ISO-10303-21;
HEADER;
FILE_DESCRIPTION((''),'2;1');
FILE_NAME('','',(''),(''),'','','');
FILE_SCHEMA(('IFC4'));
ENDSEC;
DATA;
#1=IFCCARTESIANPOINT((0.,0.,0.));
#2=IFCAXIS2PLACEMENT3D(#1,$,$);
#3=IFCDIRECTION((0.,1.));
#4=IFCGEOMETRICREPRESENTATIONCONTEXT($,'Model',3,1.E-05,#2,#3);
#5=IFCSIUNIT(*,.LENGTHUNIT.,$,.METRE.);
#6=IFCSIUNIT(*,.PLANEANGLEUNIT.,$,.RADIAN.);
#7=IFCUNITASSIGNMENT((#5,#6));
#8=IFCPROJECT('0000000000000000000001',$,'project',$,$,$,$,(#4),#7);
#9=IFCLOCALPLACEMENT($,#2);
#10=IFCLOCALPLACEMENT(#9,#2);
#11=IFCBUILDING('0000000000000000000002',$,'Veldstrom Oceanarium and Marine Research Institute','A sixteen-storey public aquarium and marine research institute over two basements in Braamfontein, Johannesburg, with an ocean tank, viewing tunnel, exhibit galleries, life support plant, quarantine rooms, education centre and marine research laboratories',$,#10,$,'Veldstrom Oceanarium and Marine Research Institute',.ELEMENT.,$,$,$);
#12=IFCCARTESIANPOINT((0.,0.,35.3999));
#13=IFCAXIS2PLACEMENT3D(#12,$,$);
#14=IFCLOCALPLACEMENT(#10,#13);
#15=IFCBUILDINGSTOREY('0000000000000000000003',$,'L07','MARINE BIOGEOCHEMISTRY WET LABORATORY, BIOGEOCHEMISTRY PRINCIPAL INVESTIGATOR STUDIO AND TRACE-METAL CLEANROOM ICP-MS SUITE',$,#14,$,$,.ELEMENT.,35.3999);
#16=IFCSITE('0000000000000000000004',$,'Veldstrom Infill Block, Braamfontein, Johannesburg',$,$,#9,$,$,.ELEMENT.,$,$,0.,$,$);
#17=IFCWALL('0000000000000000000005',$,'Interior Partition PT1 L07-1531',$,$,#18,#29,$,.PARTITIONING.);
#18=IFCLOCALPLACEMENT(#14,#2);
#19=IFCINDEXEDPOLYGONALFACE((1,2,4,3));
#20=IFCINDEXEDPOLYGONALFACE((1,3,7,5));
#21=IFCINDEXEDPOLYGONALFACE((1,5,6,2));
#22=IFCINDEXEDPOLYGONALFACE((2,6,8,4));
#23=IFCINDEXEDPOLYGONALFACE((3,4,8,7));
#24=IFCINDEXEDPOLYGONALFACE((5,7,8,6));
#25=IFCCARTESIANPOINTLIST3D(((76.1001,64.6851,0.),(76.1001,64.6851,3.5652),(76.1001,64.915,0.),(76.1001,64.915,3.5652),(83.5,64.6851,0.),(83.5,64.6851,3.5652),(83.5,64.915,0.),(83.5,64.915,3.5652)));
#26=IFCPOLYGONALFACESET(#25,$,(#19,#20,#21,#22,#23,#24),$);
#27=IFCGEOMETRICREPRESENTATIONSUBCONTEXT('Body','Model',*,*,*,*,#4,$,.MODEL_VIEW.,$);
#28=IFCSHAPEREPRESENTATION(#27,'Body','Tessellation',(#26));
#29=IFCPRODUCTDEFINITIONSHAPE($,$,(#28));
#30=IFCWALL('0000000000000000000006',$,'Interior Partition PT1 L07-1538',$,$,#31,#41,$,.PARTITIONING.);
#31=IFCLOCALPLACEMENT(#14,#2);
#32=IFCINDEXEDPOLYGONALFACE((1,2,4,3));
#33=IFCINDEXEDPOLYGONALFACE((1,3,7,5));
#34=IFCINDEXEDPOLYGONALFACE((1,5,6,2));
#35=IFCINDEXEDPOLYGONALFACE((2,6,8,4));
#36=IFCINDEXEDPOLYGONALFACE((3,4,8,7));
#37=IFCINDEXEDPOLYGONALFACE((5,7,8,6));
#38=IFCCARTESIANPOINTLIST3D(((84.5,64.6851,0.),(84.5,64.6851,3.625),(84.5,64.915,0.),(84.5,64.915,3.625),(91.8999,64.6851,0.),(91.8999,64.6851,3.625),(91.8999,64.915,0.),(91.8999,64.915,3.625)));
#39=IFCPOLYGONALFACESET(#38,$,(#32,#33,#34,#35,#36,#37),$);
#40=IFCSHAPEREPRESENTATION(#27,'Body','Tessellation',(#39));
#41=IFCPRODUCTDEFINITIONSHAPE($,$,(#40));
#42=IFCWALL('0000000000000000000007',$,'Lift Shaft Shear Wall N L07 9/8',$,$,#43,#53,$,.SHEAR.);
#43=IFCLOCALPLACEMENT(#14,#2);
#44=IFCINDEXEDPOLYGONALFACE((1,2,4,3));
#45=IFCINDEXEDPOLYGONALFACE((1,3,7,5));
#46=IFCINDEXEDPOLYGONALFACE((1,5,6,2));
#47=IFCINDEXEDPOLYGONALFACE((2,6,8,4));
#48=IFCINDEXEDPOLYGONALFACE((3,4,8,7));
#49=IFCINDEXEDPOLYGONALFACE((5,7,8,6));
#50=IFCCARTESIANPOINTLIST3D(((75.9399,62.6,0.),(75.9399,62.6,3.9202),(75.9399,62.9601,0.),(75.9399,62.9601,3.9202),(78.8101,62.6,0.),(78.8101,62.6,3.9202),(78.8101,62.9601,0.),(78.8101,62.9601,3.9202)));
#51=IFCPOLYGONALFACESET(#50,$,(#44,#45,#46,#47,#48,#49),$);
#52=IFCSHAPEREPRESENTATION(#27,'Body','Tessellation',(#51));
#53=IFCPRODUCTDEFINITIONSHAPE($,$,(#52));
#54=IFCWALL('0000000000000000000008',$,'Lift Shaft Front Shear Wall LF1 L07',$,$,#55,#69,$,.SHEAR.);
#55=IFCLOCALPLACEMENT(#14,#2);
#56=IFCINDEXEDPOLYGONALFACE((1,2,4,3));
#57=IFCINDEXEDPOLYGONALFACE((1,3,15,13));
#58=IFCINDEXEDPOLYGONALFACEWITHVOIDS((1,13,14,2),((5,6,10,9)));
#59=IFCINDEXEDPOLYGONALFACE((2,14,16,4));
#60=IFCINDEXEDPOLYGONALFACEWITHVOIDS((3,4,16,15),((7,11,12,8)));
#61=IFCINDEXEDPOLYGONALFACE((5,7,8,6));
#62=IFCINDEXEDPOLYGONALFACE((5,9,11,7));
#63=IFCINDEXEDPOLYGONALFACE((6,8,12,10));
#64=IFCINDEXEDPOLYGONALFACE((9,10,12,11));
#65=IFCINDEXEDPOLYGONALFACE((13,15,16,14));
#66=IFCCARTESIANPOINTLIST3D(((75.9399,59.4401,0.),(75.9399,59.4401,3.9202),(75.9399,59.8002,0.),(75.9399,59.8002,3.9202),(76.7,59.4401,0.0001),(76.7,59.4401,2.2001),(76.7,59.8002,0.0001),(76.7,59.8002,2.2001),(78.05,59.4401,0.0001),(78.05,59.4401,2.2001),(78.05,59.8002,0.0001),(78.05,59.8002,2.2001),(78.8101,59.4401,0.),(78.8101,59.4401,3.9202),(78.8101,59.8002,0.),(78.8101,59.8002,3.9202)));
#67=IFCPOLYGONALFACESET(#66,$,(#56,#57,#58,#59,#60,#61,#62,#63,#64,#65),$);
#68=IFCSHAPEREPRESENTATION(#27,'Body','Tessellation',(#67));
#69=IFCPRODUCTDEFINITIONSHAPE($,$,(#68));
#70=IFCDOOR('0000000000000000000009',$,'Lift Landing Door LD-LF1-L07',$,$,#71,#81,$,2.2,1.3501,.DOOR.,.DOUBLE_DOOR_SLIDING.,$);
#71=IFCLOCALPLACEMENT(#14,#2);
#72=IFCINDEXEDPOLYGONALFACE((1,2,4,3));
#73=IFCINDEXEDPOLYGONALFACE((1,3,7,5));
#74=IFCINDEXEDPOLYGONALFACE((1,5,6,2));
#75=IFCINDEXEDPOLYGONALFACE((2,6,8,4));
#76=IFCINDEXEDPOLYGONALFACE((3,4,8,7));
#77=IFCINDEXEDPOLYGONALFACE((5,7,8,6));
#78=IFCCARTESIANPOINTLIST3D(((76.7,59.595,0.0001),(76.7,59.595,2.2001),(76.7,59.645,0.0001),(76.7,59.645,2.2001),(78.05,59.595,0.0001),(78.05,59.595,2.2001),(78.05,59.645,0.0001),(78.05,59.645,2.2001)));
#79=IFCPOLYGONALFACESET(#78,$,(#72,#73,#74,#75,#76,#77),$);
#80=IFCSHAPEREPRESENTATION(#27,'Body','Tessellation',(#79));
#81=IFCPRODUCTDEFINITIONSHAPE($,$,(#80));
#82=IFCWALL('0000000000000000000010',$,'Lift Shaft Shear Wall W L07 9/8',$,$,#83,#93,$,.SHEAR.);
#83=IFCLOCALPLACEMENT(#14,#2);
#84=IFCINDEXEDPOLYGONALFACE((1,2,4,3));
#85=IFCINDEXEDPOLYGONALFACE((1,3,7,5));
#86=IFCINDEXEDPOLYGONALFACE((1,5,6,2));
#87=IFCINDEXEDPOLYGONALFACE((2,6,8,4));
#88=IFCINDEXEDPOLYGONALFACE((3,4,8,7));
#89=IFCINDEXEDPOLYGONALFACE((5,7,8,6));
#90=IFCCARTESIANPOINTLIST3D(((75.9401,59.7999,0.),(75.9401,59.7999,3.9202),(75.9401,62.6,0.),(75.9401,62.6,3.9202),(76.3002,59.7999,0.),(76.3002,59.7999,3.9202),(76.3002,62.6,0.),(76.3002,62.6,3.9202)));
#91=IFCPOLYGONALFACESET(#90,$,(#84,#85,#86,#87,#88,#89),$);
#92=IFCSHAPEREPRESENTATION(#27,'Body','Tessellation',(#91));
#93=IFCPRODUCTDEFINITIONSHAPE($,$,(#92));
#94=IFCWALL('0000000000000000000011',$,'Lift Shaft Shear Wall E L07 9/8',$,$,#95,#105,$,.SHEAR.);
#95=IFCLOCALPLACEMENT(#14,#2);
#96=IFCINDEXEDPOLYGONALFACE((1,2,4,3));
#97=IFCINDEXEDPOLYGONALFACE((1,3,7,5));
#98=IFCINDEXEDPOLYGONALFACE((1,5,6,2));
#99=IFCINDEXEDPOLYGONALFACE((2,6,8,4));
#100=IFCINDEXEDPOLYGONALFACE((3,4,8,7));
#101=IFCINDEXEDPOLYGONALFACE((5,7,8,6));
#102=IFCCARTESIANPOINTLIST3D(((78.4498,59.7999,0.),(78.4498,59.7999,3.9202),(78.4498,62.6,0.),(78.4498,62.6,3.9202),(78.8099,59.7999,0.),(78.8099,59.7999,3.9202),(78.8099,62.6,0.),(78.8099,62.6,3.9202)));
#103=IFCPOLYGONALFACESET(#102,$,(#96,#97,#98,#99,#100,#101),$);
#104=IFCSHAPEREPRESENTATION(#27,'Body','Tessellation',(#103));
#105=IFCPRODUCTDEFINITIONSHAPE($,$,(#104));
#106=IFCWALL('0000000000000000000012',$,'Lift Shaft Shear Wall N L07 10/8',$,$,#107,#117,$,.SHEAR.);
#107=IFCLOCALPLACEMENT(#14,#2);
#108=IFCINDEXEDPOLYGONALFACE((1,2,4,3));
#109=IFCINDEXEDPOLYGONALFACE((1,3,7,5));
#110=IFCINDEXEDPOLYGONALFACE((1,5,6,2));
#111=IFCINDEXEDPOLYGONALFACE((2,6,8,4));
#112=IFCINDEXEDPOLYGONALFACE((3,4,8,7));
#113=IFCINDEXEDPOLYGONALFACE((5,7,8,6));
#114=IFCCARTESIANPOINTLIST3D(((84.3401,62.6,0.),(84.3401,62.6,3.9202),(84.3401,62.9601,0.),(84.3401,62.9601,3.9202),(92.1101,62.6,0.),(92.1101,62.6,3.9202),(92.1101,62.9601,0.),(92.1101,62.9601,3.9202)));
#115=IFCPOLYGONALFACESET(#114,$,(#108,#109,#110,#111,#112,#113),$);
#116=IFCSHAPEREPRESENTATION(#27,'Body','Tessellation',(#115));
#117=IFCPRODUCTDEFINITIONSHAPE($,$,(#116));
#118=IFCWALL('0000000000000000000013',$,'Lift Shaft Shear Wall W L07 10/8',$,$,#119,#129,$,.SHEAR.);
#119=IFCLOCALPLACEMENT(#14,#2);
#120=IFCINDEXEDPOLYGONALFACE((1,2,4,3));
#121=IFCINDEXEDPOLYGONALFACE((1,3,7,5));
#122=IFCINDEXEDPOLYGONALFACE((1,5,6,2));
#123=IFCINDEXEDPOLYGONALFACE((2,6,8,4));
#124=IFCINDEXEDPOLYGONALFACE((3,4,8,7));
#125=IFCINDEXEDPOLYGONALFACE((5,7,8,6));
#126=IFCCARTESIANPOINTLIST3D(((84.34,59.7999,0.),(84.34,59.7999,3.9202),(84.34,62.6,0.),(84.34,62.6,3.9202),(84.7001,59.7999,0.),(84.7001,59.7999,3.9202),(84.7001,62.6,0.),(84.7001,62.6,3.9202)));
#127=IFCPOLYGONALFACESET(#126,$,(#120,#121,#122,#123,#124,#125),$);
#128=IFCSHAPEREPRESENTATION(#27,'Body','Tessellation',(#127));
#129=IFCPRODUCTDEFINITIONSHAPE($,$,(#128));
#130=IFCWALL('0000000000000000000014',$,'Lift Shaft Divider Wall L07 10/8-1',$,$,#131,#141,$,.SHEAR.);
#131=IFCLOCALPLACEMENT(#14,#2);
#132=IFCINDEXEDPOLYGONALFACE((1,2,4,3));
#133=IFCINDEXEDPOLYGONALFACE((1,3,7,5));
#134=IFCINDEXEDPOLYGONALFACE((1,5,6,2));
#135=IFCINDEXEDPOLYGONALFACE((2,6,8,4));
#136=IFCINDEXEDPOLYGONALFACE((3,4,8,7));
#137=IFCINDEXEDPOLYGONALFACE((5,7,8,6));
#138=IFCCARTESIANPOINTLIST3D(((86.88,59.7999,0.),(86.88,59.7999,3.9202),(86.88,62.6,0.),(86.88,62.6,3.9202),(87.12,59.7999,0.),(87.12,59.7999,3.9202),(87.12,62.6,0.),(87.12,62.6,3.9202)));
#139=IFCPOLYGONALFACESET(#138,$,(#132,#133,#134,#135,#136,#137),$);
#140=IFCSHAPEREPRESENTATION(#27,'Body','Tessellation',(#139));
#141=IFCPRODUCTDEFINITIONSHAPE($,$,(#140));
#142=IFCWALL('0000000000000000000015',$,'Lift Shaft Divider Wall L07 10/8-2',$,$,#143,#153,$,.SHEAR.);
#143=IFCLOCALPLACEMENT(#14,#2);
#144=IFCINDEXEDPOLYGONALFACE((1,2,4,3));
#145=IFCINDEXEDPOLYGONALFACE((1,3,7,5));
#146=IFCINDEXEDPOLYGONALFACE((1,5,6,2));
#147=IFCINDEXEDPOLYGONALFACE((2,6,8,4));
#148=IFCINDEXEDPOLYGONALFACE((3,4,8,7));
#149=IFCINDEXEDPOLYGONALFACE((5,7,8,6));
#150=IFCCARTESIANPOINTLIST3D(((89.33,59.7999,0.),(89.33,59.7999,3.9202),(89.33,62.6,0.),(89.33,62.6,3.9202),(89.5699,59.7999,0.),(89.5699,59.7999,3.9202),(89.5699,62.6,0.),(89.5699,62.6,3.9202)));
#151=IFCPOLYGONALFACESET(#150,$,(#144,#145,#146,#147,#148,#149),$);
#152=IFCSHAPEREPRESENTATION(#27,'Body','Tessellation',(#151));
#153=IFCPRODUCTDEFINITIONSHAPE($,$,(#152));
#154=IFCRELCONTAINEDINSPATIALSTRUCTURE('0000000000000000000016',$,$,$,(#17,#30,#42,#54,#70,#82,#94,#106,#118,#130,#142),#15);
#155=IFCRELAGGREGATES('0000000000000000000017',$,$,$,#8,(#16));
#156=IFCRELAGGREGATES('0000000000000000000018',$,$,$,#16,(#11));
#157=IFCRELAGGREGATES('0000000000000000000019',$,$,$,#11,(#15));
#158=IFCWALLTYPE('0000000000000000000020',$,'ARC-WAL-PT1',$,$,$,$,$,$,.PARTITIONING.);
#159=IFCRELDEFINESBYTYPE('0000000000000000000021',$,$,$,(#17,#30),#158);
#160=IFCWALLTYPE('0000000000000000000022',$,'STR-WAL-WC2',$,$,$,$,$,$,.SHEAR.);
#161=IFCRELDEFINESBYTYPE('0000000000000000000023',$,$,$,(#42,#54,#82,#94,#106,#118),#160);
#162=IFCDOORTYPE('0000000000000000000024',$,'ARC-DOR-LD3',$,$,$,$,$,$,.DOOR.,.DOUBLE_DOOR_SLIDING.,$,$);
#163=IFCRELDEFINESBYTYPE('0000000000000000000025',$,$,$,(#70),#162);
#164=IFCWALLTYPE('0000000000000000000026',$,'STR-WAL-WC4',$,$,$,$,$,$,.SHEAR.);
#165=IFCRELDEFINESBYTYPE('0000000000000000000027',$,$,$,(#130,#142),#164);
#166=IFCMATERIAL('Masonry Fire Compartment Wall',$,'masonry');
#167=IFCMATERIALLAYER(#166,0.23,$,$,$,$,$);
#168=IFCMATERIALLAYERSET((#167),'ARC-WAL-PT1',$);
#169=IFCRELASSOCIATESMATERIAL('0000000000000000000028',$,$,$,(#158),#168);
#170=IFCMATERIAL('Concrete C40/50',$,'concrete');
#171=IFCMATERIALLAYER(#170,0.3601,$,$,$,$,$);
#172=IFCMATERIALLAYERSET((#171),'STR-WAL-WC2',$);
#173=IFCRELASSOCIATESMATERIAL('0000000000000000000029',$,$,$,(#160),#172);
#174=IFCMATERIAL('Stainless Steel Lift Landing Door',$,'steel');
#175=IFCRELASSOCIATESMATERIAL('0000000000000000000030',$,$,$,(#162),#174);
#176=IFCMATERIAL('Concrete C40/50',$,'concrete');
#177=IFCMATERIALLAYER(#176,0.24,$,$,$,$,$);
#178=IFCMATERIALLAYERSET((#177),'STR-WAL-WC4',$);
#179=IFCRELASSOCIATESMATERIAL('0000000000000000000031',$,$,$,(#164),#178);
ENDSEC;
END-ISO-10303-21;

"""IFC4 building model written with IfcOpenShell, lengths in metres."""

from ifc_helpers import new_model, si_unit, direction, frame, frame_2d, origin, place, context, subcontext, project, spatial, rectangle, extrude, material, layer, layer_set, type_object, element, fill, save


model = new_model("IFC4")

# Units and contexts
model_context = context("Model", 3, precision=1e-05, world=origin(), true_north=direction((0.0, 1.0)))
body_context = subcontext(model_context, "Body", "Model", "MODEL_VIEW")
ifc_project = project(units=[si_unit("LENGTHUNIT", "METRE"), si_unit("PLANEANGLEUNIT", "RADIAN")], contexts=[model_context])

# Site, building, storey
site_placement = place(None, origin())
site = spatial("IfcSite", under=ifc_project, at=site_placement, Name="Veldstrom Infill Block, Braamfontein, Johannesburg", CompositionType="ELEMENT", RefElevation=0.0)
building_placement = place(site_placement, origin())
building = spatial("IfcBuilding", under=site, at=building_placement, Name="Veldstrom Oceanarium and Marine Research Institute", Description="A sixteen-storey public aquarium and marine research institute over two basements in Braamfontein, Johannesburg, with an ocean tank, viewing tunnel, exhibit galleries, life support plant, quarantine rooms, education centre and marine research laboratories", LongName="Veldstrom Oceanarium and Marine Research Institute", CompositionType="ELEMENT")
storey_placement = place(building_placement, frame((0.0, 0.0, 35.3999)))
storey = spatial("IfcBuildingStorey", under=building, at=storey_placement, Name="L07", Description="MARINE BIOGEOCHEMISTRY WET LABORATORY, BIOGEOCHEMISTRY PRINCIPAL INVESTIGATOR STUDIO AND TRACE-METAL CLEANROOM ICP-MS SUITE", CompositionType="ELEMENT", Elevation=35.3999)

# Shared definitions
ifc_material_1 = material(Name="Masonry Fire Compartment Wall", Category="masonry")
ifc_layer_1 = layer(ifc_material_1, 0.23)
ifc_layer_set_1 = layer_set([ifc_layer_1], Name="ARC-WAL-PT1")
wall_type_1 = type_object("IfcWallType", Name="ARC-WAL-PT1", PredefinedType="PARTITIONING", material=ifc_layer_set_1)

# Wall
wall_1_placement = place(storey_placement, frame((76.1001, 64.8, 0.0), z_axis=(0.0, 0.0, 1.0), x_axis=(1.0, 0.0, 0.0)))
element("IfcWall", 1, at=wall_1_placement, inside=storey, type_object=wall_type_1, Name="Interior Partition PT1 L07-1531", PredefinedType="PARTITIONING", context=body_context, shape_type="SweptSolid", body=[
    extrude(rectangle(XDim=7.3999, YDim=0.23, at=frame_2d((3.7, 0.0))), origin(), (0.0, 0.0, 1.0), 3.5652),
])

# Walls
wall_2_placement = place(storey_placement, frame((84.5, 64.8, 0.0), z_axis=(0.0, 0.0, 1.0), x_axis=(1.0, 0.0, 0.0)))
element("IfcWall", 2, at=wall_2_placement, inside=storey, type_object=wall_type_1, Name="Interior Partition PT1 L07-1538", PredefinedType="PARTITIONING", context=body_context, shape_type="SweptSolid", body=[
    extrude(rectangle(XDim=7.3999, YDim=0.23, at=frame_2d((3.7, 0.0))), origin(), (0.0, 0.0, 1.0), 3.625),
])
ifc_material_2 = material(Name="Concrete C40/50", Category="concrete")
ifc_layer_2 = layer(ifc_material_2, 0.3601)
ifc_layer_set_2 = layer_set([ifc_layer_2], Name="STR-WAL-WC2")
wall_type_2 = type_object("IfcWallType", Name="STR-WAL-WC2", PredefinedType="SHEAR", material=ifc_layer_set_2)
wall_3_placement = place(storey_placement, frame((75.9399, 62.78, 0.0), z_axis=(0.0, 0.0, 1.0), x_axis=(1.0, 0.0, 0.0)))
element("IfcWall", 3, at=wall_3_placement, inside=storey, type_object=wall_type_2, Name="Lift Shaft Shear Wall N L07 9/8", PredefinedType="SHEAR", context=body_context, shape_type="SweptSolid", body=[
    extrude(rectangle(XDim=2.8701, YDim=0.3601, at=frame_2d((1.4351, 0.0))), origin(), (0.0, 0.0, 1.0), 3.9202),
])

# Wall, opening, door
wall_4_placement = place(storey_placement, frame((75.9399, 59.6201, 0.0), z_axis=(0.0, 0.0, 1.0), x_axis=(1.0, 0.0, 0.0)))
wall_4 = element("IfcWall", 4, at=wall_4_placement, inside=storey, type_object=wall_type_2, Name="Lift Shaft Front Shear Wall LF1 L07", PredefinedType="SHEAR", context=body_context, shape_type="SweptSolid", body=[
    extrude(rectangle(XDim=2.8701, YDim=0.3601, at=frame_2d((1.4351, 0.0))), origin(), (0.0, 0.0, 1.0), 3.9202),
])
opening_1_placement = place(wall_4_placement, frame((0.76, 0.0, 0.0)))
opening_1 = element("IfcOpeningElement", 5, at=opening_1_placement, cuts=wall_4, PredefinedType="OPENING", context=body_context, shape_type="SweptSolid", body=[
    extrude(rectangle(XDim=1.3501, YDim=2.2, at=frame_2d((0.675, 1.1001))), frame((0.0, 0.1899, 0.0), z_axis=(0.0, -1.0, 0.0), x_axis=(1.0, 0.0, 0.0)), (0.0, 0.0, 1.0), 0.3801),
])
ifc_material_3 = material(Name="Stainless Steel Lift Landing Door", Category="steel")
door_type_1 = type_object("IfcDoorType", Name="ARC-DOR-LD3", OperationType="DOUBLE_DOOR_SLIDING", PredefinedType="DOOR", material=ifc_material_3)
door_1_placement = place(opening_1_placement, origin())
door_1 = element("IfcDoor", 6, at=door_1_placement, inside=storey, type_object=door_type_1, Name="Lift Landing Door LD-LF1-L07", OperationType="DOUBLE_DOOR_SLIDING", OverallHeight=2.2, OverallWidth=1.3501, PredefinedType="DOOR", context=body_context, shape_type="SweptSolid", body=[
    extrude(rectangle(XDim=1.3501, YDim=2.2, at=frame_2d((0.675, 1.1001))), frame((0.0, 0.0249, 0.0), z_axis=(0.0, -1.0, 0.0), x_axis=(1.0, 0.0, 0.0)), (0.0, 0.0, 1.0), 0.05),
])
fill(opening_1, door_1)

# Walls
for number, where, z_axis, x_axis, name in (
    (7, (76.1201, 59.8, 0.0), (0.0, 0.0, 1.0), (0.0, 1.0, 0.0), "Lift Shaft Shear Wall W L07 9/8"),
    (8, (78.6299, 59.8, 0.0), (0.0, 0.0, 1.0), (0.0, 1.0, 0.0), "Lift Shaft Shear Wall E L07 9/8"),
):
    element("IfcWall", number, at=place(storey_placement, frame(where, z_axis=z_axis, x_axis=x_axis)), inside=storey, type_object=wall_type_2, Name=name, PredefinedType="SHEAR", context=body_context, shape_type="SweptSolid", body=[
        extrude(rectangle(XDim=2.8, YDim=0.3601, at=frame_2d((1.3999, 0.0))), origin(), (0.0, 0.0, 1.0), 3.9202),
    ])
wall_5_placement = place(storey_placement, frame((84.3401, 62.78, 0.0), z_axis=(0.0, 0.0, 1.0), x_axis=(1.0, 0.0, 0.0)))
element("IfcWall", 9, at=wall_5_placement, inside=storey, type_object=wall_type_2, Name="Lift Shaft Shear Wall N L07 10/8", PredefinedType="SHEAR", context=body_context, shape_type="SweptSolid", body=[
    extrude(rectangle(XDim=7.77, YDim=0.3601, at=frame_2d((3.885, 0.0))), origin(), (0.0, 0.0, 1.0), 3.9202),
])

# Walls
wall_6_placement = place(storey_placement, frame((84.52, 59.8, 0.0), z_axis=(0.0, 0.0, 1.0), x_axis=(0.0, 1.0, 0.0)))
element("IfcWall", 10, at=wall_6_placement, inside=storey, type_object=wall_type_2, Name="Lift Shaft Shear Wall W L07 10/8", PredefinedType="SHEAR", context=body_context, shape_type="SweptSolid", body=[
    extrude(rectangle(XDim=2.8, YDim=0.3601, at=frame_2d((1.3999, 0.0))), origin(), (0.0, 0.0, 1.0), 3.9202),
])
ifc_material_4 = material(Name="Concrete C40/50", Category="concrete")
ifc_layer_3 = layer(ifc_material_4, 0.24)
ifc_layer_set_3 = layer_set([ifc_layer_3], Name="STR-WAL-WC4")
wall_type_3 = type_object("IfcWallType", Name="STR-WAL-WC4", PredefinedType="SHEAR", material=ifc_layer_set_3)
for number, where, z_axis, x_axis, name in (
    (11, (87.0, 59.8, 0.0), (0.0, 0.0, 1.0), (0.0, 1.0, 0.0), "Lift Shaft Divider Wall L07 10/8-1"),
    (12, (89.45, 59.8, 0.0), (0.0, 0.0, 1.0), (0.0, 1.0, 0.0), "Lift Shaft Divider Wall L07 10/8-2"),
):
    element("IfcWall", number, at=place(storey_placement, frame(where, z_axis=z_axis, x_axis=x_axis)), inside=storey, type_object=wall_type_3, Name=name, PredefinedType="SHEAR", context=body_context, shape_type="SweptSolid", body=[
        extrude(rectangle(XDim=2.8, YDim=0.24, at=frame_2d((1.3999, 0.0))), origin(), (0.0, 0.0, 1.0), 3.9202),
    ])

save(model, "model.ifc")
